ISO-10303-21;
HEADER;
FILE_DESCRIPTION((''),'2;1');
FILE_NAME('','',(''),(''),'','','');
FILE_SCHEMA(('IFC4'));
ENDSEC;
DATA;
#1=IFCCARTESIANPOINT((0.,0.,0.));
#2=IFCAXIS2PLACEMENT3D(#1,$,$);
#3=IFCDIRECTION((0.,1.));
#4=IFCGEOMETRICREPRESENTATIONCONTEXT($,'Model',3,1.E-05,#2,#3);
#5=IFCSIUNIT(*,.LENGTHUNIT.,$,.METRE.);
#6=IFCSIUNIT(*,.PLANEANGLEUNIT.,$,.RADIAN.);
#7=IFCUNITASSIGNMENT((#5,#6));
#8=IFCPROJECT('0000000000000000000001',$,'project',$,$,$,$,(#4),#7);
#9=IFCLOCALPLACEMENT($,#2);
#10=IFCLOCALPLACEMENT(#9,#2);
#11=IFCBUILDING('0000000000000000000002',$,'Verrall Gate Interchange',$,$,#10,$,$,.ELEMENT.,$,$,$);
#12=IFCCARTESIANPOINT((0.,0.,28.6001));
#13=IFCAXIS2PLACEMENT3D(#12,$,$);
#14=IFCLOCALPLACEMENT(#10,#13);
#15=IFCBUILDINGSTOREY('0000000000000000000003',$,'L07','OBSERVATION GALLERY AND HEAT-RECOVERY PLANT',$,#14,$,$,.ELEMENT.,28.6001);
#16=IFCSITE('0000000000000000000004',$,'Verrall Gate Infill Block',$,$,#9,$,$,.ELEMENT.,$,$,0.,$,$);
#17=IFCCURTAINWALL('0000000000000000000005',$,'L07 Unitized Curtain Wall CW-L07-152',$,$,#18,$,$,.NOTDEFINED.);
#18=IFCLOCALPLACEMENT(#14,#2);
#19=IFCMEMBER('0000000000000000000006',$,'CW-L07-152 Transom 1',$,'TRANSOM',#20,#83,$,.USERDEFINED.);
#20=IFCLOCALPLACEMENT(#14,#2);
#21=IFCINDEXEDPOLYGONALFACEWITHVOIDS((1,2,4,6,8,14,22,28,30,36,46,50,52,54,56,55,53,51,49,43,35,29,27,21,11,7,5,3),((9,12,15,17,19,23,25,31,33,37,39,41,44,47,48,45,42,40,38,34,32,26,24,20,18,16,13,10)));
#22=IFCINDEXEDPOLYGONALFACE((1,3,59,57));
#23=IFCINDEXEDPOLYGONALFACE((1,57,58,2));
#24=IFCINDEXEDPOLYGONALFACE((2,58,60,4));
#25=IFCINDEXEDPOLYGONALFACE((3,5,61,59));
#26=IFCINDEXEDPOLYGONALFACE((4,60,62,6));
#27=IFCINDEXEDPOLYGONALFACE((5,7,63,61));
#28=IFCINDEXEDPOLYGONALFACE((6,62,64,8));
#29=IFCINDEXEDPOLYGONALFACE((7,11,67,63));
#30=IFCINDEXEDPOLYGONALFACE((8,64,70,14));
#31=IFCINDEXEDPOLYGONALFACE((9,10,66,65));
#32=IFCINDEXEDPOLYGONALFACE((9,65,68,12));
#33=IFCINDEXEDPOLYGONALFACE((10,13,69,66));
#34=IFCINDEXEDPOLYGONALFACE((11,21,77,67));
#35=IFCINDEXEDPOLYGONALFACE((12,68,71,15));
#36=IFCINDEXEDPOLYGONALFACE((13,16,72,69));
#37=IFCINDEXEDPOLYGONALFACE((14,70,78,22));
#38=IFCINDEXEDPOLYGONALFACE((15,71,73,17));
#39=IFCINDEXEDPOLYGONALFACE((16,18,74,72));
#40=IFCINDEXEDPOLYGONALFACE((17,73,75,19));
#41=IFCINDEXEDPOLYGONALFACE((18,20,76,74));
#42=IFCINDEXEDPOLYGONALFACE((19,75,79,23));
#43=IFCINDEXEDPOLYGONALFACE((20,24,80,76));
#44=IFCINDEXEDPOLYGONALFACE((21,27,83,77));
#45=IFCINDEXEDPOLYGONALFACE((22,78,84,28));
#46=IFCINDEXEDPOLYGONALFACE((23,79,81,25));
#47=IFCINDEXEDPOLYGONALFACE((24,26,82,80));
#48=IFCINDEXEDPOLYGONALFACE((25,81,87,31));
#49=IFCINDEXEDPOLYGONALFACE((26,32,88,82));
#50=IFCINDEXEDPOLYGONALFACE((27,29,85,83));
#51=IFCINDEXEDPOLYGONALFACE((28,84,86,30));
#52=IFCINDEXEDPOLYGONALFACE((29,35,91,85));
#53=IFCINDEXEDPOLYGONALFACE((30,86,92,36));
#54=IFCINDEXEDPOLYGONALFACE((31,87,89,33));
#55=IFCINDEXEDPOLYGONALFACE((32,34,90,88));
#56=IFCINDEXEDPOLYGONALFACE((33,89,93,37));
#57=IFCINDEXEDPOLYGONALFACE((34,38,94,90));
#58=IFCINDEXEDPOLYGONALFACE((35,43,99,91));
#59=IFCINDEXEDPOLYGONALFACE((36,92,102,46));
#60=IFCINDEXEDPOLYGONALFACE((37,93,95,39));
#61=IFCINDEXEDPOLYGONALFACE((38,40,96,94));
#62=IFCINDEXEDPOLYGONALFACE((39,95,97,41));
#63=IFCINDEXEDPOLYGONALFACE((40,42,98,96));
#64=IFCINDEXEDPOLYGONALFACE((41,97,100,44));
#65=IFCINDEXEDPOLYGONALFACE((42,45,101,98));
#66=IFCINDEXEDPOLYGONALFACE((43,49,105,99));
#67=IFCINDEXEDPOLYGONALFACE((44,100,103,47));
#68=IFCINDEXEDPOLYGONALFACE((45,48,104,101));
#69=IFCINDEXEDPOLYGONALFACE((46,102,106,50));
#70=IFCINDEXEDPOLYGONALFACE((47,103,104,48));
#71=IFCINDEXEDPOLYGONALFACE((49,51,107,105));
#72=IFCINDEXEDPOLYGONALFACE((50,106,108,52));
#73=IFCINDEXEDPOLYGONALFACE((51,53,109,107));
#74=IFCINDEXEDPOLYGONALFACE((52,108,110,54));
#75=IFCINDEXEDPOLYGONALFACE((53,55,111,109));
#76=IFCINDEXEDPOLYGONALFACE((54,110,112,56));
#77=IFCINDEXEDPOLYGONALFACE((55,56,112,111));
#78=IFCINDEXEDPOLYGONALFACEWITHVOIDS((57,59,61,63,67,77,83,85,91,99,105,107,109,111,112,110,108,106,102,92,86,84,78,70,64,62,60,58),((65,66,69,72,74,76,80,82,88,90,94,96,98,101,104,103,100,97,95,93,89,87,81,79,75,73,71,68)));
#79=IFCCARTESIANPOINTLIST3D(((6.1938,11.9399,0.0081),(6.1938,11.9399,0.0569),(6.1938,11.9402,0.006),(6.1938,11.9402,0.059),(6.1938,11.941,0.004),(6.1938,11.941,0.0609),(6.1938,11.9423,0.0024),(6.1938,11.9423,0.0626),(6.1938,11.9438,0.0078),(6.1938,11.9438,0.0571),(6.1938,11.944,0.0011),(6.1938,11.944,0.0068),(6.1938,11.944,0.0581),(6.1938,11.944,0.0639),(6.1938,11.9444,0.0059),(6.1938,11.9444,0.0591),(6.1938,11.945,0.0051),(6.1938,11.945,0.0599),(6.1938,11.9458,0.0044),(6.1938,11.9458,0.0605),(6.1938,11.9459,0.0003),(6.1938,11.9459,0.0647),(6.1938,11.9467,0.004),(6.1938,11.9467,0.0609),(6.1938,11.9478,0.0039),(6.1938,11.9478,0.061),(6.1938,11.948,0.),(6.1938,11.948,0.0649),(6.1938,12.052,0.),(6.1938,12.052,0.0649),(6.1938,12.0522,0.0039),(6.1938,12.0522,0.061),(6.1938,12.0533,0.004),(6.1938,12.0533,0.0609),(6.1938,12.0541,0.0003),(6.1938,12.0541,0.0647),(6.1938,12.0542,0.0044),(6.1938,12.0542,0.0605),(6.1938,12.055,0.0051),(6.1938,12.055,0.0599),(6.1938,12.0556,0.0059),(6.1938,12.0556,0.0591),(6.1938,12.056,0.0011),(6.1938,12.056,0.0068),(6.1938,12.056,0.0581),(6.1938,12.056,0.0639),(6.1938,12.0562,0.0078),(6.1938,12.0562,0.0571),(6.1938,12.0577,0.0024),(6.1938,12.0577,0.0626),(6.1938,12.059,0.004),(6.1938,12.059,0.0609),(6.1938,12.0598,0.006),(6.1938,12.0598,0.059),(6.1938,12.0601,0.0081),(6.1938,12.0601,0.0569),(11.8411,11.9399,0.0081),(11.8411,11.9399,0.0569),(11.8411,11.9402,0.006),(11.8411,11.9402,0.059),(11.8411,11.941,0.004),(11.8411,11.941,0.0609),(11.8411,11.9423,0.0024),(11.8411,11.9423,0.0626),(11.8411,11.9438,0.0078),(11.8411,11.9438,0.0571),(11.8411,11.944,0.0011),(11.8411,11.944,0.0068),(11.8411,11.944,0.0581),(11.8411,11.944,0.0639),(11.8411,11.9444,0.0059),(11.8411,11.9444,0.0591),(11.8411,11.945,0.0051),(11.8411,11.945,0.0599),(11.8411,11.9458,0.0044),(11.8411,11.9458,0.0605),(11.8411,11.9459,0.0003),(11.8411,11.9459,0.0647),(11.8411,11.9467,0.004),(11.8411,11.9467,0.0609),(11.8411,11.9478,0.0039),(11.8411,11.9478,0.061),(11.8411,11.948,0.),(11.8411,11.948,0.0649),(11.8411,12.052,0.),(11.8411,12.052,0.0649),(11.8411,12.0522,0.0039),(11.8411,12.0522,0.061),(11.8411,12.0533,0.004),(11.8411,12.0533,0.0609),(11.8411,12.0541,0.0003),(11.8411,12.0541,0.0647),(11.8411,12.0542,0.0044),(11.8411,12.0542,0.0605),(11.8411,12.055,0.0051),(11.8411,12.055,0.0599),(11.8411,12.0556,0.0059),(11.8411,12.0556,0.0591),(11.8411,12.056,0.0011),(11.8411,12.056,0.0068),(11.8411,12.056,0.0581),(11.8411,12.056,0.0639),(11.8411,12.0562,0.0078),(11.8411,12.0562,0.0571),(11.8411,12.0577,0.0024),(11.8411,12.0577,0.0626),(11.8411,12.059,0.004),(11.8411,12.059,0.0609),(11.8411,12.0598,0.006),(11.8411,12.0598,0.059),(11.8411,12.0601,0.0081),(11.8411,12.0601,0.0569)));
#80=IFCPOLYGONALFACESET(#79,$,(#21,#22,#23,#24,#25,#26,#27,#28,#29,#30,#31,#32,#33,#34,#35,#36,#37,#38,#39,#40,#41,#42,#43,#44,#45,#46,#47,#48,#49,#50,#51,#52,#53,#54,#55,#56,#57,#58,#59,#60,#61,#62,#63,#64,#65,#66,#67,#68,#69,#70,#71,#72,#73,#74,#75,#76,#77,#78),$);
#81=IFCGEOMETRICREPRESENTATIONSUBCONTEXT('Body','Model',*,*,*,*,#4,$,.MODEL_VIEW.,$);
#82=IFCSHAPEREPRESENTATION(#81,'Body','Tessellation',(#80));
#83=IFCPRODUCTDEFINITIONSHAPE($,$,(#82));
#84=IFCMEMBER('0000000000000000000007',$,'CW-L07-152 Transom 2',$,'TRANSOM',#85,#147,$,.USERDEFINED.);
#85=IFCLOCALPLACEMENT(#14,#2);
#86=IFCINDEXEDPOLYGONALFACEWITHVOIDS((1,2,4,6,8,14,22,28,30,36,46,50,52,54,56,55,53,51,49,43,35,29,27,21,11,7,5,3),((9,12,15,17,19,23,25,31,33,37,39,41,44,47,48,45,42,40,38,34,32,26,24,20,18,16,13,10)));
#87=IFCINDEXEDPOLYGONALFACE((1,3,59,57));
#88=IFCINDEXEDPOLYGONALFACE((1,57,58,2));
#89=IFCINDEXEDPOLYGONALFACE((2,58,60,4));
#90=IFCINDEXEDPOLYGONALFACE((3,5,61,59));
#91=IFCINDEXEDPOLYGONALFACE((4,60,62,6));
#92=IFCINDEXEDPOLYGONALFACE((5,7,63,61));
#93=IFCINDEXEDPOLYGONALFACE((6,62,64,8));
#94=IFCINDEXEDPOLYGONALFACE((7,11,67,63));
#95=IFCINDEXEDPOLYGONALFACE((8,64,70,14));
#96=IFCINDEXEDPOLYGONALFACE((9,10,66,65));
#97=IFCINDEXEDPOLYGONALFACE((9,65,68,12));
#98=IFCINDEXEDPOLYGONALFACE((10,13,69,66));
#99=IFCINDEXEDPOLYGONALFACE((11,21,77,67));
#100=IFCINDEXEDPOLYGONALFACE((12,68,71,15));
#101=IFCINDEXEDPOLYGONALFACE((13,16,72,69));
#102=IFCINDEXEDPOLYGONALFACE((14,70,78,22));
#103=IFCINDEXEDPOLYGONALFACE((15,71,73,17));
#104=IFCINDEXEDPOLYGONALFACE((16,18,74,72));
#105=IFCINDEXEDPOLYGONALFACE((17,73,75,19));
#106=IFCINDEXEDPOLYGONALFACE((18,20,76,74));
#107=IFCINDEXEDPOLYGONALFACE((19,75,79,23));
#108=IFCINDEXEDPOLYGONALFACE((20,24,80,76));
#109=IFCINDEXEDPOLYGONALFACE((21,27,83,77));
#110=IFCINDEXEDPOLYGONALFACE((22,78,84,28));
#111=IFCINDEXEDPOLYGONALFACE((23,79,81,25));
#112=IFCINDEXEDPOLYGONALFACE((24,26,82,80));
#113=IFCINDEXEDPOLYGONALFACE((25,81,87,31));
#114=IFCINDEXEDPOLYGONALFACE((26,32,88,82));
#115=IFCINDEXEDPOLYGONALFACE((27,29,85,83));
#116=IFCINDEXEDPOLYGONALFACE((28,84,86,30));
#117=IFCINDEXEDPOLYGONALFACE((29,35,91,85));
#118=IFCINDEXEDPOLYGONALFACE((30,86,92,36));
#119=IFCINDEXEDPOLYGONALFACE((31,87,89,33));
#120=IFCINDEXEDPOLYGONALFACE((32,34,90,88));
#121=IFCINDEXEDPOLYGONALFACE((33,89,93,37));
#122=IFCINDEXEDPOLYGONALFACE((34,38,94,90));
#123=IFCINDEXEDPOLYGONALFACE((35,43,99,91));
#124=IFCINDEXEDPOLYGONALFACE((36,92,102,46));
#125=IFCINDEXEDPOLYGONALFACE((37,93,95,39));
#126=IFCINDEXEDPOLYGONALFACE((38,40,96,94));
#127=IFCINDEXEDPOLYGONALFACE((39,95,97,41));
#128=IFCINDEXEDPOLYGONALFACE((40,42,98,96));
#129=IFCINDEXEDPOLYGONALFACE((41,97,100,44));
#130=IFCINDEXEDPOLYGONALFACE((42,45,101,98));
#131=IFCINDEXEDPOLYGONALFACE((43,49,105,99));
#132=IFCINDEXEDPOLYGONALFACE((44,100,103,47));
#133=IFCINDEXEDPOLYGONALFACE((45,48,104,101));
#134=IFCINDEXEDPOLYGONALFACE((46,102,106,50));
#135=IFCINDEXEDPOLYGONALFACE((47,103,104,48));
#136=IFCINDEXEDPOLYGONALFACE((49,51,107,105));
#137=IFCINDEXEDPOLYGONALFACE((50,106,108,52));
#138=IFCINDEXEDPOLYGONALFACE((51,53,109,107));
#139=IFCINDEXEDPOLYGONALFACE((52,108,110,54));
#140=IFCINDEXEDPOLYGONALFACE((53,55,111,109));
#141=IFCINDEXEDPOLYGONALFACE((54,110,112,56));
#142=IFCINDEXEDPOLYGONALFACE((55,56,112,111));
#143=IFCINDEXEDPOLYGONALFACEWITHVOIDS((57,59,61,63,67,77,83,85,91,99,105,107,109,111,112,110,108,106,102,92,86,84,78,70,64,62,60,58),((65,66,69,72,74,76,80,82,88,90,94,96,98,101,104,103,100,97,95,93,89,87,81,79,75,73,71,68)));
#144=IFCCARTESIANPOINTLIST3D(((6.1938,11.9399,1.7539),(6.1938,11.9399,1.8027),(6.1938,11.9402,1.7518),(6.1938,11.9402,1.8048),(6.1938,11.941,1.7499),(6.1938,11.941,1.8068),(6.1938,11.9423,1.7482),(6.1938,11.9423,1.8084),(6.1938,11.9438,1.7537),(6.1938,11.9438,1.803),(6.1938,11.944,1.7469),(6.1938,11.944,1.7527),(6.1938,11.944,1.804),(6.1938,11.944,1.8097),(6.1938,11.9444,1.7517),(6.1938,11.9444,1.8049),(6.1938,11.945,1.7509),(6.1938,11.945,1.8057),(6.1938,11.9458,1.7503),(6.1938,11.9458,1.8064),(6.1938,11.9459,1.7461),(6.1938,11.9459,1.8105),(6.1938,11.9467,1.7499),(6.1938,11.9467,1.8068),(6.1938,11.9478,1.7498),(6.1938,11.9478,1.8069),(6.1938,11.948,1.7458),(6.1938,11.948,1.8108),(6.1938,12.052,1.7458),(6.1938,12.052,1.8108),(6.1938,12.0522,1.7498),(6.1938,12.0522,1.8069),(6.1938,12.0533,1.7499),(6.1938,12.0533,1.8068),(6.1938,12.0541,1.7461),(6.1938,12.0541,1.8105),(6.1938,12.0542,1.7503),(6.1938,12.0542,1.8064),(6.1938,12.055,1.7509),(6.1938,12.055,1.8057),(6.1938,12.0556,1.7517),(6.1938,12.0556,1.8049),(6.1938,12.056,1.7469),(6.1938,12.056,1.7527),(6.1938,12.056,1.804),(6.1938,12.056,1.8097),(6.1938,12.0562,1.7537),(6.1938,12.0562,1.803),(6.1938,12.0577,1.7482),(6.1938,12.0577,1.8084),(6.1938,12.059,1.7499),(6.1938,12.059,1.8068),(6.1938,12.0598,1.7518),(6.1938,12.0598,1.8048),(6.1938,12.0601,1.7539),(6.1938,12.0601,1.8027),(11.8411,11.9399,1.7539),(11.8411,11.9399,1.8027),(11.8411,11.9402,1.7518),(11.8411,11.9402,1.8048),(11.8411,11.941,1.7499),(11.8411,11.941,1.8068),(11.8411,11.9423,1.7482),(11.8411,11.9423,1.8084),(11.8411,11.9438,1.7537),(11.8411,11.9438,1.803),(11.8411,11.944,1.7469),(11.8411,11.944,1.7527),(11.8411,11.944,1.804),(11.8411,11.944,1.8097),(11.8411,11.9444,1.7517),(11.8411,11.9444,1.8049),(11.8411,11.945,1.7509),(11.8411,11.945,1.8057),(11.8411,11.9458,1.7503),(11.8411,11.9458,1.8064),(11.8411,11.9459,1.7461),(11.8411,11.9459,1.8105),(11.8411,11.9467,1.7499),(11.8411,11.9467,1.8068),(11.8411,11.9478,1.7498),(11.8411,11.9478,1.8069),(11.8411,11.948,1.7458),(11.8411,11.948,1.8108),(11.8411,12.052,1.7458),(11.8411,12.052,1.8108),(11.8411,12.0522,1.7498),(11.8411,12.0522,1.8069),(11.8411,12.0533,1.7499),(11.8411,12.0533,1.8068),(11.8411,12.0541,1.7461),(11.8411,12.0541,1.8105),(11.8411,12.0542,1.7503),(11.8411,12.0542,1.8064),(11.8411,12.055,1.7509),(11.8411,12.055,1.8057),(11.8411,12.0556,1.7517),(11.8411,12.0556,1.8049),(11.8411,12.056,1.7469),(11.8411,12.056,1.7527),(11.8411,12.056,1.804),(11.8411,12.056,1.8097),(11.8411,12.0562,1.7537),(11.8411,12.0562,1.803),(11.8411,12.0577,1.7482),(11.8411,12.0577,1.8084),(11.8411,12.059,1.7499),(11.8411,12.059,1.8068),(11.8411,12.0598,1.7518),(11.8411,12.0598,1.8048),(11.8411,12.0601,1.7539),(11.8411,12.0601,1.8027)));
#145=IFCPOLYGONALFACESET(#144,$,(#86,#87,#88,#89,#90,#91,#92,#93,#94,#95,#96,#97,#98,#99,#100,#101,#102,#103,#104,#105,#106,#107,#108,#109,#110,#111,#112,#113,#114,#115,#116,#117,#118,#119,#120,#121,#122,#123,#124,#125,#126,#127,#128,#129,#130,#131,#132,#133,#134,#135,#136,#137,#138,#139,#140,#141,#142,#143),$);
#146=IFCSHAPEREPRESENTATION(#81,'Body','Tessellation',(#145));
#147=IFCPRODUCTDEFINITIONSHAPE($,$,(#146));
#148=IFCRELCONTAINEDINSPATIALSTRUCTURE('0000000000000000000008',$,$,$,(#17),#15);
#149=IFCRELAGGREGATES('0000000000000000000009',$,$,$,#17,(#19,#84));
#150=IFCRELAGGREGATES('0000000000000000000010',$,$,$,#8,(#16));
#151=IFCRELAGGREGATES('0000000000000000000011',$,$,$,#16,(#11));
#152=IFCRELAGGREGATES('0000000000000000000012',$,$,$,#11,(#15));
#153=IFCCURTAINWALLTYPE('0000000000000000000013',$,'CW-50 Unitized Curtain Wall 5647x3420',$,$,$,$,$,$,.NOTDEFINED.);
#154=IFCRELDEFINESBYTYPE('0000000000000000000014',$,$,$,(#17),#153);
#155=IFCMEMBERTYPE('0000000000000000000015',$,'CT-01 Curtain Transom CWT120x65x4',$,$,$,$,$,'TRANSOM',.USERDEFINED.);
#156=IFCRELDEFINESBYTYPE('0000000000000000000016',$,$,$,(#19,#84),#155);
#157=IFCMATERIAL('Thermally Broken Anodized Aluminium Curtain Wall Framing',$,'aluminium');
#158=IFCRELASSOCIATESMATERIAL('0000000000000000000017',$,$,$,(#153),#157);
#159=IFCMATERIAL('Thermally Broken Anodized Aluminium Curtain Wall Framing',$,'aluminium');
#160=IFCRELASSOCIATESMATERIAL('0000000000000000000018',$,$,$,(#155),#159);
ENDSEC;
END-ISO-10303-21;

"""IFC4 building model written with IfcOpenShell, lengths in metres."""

from ifc_helpers import new_model, si_unit, direction, frame, origin, origin_2d, place, context, subcontext, project, spatial, hollow_rectangle, extrude, material, material_profile, profile_set, type_object, element, aggregate, save


model = new_model("IFC4")

# Units and contexts
model_context = context("Model", 3, precision=1e-05, world=origin(), true_north=direction((0.0, 1.0)))
body_context = subcontext(model_context, "Body", "Model", "MODEL_VIEW")
ifc_project = project(units=[si_unit("LENGTHUNIT", "METRE"), si_unit("PLANEANGLEUNIT", "RADIAN")], contexts=[model_context])

# Site, building, storey
site_placement = place(None, origin())
site = spatial("IfcSite", under=ifc_project, at=site_placement, Name="Verrall Gate Infill Block", CompositionType="ELEMENT", RefElevation=0.0)
building_placement = place(site_placement, origin())
building = spatial("IfcBuilding", under=site, at=building_placement, Name="Verrall Gate Interchange", CompositionType="ELEMENT")
storey_placement = place(building_placement, frame((0.0, 0.0, 28.6001)))
storey = spatial("IfcBuildingStorey", under=building, at=storey_placement, Name="L07", Description="OBSERVATION GALLERY AND HEAT-RECOVERY PLANT", CompositionType="ELEMENT", Elevation=28.6001)

# Curtain wall, members
ifc_material_1 = material(Name="Thermally Broken Anodized Aluminium Curtain Wall Framing", Category="aluminium")
curtain_wall_type = type_object("IfcCurtainWallType", Name="CW-50 Unitized Curtain Wall 5647x3420", PredefinedType="NOTDEFINED", material=ifc_material_1)
curtain_wall_placement = place(storey_placement, origin())
curtain_wall = element("IfcCurtainWall", 1, at=curtain_wall_placement, inside=storey, type_object=curtain_wall_type, Name="L07 Unitized Curtain Wall CW-L07-152", PredefinedType="NOTDEFINED")
ifc_material_2 = material(Name="Thermally Broken Anodized Aluminium Curtain Wall Framing", Category="aluminium")
ifc_material_profile_1 = material_profile(ifc_material_2, hollow_rectangle(XDim=0.1201, YDim=0.0649, WallThickness=0.0039, InnerFilletRadius=0.0039, OuterFilletRadius=0.0081, at=origin_2d()), Name="CWT120x65x4")
ifc_profile_set_1 = profile_set([ifc_material_profile_1], Name="Thermally Broken Anodized Aluminium Curtain Wall Framing")
member_type_1 = type_object("IfcMemberType", Name="CT-01 Curtain Transom CWT120x65x4", ElementType="TRANSOM", PredefinedType="USERDEFINED", material=ifc_profile_set_1)
member_1_placement = place(storey_placement, frame((6.1938, 12.0, 0.0325), z_axis=(1.0, 0.0, 0.0), x_axis=(0.0, 1.0, 0.0)))
member_1 = element("IfcMember", 2, at=member_1_placement, type_object=member_type_1, Name="CW-L07-152 Transom 1", ObjectType="TRANSOM", PredefinedType="USERDEFINED", context=body_context, shape_type="SweptSolid", body=[
    extrude(hollow_rectangle(XDim=0.1201, YDim=0.0649, WallThickness=0.0039, InnerFilletRadius=0.0039, OuterFilletRadius=0.0081, at=origin_2d()), origin(), (0.0, 0.0, 1.0), 5.6472),
])
member_2_placement = place(storey_placement, frame((6.1938, 12.0, 1.7783), z_axis=(1.0, 0.0, 0.0), x_axis=(0.0, 1.0, 0.0)))
member_2 = element("IfcMember", 3, at=member_2_placement, type_object=member_type_1, Name="CW-L07-152 Transom 2", ObjectType="TRANSOM", PredefinedType="USERDEFINED", context=body_context, shape_type="SweptSolid", body=[
    extrude(hollow_rectangle(XDim=0.1201, YDim=0.0649, WallThickness=0.0039, InnerFilletRadius=0.0039, OuterFilletRadius=0.0081, at=origin_2d()), origin(), (0.0, 0.0, 1.0), 5.6472),
])
aggregate(curtain_wall, [member_1, member_2])

save(model, "model.ifc")
